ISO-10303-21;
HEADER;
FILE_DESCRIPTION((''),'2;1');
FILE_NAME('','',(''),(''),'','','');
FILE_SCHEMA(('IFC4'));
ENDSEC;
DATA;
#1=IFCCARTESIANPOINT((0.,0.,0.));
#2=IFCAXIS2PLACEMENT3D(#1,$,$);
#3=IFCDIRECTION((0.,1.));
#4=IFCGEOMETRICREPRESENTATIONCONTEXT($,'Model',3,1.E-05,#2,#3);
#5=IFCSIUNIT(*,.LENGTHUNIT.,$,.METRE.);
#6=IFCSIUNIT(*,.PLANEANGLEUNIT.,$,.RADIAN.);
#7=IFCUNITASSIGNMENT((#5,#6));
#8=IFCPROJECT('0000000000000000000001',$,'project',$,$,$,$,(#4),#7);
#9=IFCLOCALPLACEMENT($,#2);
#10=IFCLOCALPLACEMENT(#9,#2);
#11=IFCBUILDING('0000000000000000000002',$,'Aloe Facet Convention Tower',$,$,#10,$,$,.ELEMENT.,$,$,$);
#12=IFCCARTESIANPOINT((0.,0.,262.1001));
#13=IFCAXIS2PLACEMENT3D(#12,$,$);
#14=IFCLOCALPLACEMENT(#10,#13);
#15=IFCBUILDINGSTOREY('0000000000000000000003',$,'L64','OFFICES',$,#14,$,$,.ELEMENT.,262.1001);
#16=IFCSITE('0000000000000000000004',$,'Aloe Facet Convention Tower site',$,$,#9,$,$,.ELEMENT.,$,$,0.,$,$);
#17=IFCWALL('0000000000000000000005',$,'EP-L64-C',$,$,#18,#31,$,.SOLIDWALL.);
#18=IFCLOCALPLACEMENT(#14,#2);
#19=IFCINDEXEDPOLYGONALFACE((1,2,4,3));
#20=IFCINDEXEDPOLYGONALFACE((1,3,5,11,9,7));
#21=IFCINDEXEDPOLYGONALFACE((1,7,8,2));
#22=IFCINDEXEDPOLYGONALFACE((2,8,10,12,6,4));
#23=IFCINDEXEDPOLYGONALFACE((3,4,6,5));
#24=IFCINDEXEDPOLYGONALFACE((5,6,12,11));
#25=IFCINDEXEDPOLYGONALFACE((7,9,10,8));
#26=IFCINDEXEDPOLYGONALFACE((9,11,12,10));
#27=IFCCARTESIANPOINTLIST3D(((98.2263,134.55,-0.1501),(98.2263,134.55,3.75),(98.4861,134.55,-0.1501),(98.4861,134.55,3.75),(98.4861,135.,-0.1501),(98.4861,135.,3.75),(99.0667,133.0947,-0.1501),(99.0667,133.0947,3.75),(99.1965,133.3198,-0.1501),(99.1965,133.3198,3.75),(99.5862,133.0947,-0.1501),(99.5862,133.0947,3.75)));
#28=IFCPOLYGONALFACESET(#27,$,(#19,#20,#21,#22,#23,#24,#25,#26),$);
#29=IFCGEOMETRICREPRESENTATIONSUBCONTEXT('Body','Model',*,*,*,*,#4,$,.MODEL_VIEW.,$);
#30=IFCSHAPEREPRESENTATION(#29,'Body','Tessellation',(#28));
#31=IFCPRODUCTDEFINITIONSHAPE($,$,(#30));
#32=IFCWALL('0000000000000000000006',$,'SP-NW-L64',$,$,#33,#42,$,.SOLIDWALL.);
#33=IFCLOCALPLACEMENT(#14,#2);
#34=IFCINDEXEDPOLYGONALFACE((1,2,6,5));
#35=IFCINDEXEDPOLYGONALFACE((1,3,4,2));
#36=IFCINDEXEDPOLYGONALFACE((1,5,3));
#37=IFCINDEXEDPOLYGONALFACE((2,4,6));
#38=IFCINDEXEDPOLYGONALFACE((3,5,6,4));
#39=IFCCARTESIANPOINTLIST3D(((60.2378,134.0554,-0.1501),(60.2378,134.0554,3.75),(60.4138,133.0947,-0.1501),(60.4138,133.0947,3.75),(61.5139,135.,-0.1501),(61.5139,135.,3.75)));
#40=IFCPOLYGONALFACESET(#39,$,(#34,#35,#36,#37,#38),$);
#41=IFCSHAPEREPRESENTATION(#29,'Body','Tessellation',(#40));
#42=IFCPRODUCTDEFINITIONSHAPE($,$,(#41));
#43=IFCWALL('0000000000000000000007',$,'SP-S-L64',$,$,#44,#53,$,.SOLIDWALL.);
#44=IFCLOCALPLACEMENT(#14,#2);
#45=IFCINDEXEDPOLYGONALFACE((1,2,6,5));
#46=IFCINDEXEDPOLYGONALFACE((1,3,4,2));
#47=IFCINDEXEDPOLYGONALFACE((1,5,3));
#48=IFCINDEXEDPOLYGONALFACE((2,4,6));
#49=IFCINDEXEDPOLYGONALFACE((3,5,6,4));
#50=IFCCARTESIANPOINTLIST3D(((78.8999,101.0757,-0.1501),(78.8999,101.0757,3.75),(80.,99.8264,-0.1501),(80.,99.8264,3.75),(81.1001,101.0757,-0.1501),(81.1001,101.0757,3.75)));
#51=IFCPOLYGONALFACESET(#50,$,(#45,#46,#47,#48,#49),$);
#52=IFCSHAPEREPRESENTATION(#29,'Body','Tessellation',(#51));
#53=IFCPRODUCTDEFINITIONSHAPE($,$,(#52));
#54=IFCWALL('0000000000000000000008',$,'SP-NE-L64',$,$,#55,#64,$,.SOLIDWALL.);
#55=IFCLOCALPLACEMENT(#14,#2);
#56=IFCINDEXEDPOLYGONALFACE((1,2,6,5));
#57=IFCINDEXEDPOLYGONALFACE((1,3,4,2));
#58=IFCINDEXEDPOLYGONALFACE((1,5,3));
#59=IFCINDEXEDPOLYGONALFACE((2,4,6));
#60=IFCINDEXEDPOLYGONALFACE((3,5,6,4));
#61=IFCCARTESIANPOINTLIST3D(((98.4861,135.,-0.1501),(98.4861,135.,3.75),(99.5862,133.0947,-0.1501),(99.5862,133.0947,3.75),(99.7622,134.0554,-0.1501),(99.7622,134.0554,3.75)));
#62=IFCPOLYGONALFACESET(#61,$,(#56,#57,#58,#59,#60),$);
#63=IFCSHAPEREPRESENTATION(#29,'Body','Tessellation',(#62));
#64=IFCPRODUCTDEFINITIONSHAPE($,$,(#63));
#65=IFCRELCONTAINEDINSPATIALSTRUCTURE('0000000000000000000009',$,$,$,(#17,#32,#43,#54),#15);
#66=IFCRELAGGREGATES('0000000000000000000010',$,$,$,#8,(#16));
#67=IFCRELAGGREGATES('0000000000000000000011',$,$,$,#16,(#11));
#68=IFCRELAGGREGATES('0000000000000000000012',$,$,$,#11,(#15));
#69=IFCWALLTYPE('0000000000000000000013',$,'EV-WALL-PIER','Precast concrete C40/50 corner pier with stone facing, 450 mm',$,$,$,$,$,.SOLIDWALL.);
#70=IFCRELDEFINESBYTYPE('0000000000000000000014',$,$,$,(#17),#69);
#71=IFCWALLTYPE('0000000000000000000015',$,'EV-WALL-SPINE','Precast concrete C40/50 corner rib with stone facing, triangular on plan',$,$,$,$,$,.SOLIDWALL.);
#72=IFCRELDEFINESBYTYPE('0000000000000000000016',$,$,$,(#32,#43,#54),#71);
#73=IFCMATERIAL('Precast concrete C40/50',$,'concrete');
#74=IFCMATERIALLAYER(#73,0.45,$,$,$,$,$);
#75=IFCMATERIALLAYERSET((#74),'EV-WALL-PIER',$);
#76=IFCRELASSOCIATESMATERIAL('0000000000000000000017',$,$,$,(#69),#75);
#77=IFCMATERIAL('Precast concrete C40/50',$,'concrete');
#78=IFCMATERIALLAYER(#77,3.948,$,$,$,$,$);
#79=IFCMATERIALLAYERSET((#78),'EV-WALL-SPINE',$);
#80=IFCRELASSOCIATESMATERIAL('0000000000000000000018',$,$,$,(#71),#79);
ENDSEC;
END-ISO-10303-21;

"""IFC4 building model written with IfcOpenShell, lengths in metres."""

from ifc_helpers import new_model, si_unit, direction, frame, origin, place, context, subcontext, project, spatial, polyline, outline, extrude, material, layer, layer_set, type_object, element, save


model = new_model("IFC4")

# Units and contexts
model_context = context("Model", 3, precision=1e-05, world=origin(), true_north=direction((0.0, 1.0)))
body_context = subcontext(model_context, "Body", "Model", "MODEL_VIEW")
ifc_project = project(units=[si_unit("LENGTHUNIT", "METRE"), si_unit("PLANEANGLEUNIT", "RADIAN")], contexts=[model_context])

# Site, building, storey
site_placement = place(None, origin())
site = spatial("IfcSite", under=ifc_project, at=site_placement, Name="Aloe Facet Convention Tower site", CompositionType="ELEMENT", RefElevation=0.0)
building_placement = place(site_placement, origin())
building = spatial("IfcBuilding", under=site, at=building_placement, Name="Aloe Facet Convention Tower", CompositionType="ELEMENT")
storey_placement = place(building_placement, frame((0.0, 0.0, 262.1001)))
storey = spatial("IfcBuildingStorey", under=building, at=storey_placement, Name="L64", Description="OFFICES", CompositionType="ELEMENT", Elevation=262.1001)

# Walls
ifc_material_1 = material(Name="Precast concrete C40/50", Category="concrete")
ifc_layer_1 = layer(ifc_material_1, 0.45)
ifc_layer_set_1 = layer_set([ifc_layer_1], Name="EV-WALL-PIER")
wall_type_1 = type_object("IfcWallType", Name="EV-WALL-PIER", Description="Precast concrete C40/50 corner pier with stone facing, 450 mm", PredefinedType="SOLIDWALL", material=ifc_layer_set_1)
wall_1_placement = place(storey_placement, frame((0.0, 0.0, -0.1501)))
element("IfcWall", 1, at=wall_1_placement, inside=storey, type_object=wall_type_1, Name="EP-L64-C", PredefinedType="SOLIDWALL", context=body_context, shape_type="SweptSolid", body=[
    extrude(outline(polyline([(99.5862, 133.0947), (99.1965, 133.3198), (99.0667, 133.0947), (98.2263, 134.55), (98.4861, 134.55), (98.4861, 135.0), (99.5862, 133.0947)])), origin(), (0.0, 0.0, 1.0), 3.9001),
])
ifc_material_2 = material(Name="Precast concrete C40/50", Category="concrete")
ifc_layer_2 = layer(ifc_material_2, 3.948)
ifc_layer_set_2 = layer_set([ifc_layer_2], Name="EV-WALL-SPINE")
wall_type_2 = type_object("IfcWallType", Name="EV-WALL-SPINE", Description="Precast concrete C40/50 corner rib with stone facing, triangular on plan", PredefinedType="SOLIDWALL", material=ifc_layer_set_2)
wall_2_placement = place(storey_placement, frame((0.0, 0.0, -0.1501)))
element("IfcWall", 2, at=wall_2_placement, inside=storey, type_object=wall_type_2, Name="SP-NW-L64", PredefinedType="SOLIDWALL", context=body_context, shape_type="SweptSolid", body=[
    extrude(outline(polyline([(61.5139, 135.0), (60.2378, 134.0554), (60.4138, 133.0947), (61.5139, 135.0)])), origin(), (0.0, 0.0, 1.0), 3.9001),
])
wall_3_placement = place(storey_placement, frame((0.0, 0.0, -0.1501)))
element("IfcWall", 3, at=wall_3_placement, inside=storey, type_object=wall_type_2, Name="SP-S-L64", PredefinedType="SOLIDWALL", context=body_context, shape_type="SweptSolid", body=[
    extrude(outline(polyline([(78.8999, 101.0757), (80.0, 99.8264), (81.1001, 101.0757), (78.8999, 101.0757)])), origin(), (0.0, 0.0, 1.0), 3.9001),
])
wall_4_placement = place(storey_placement, frame((0.0, 0.0, -0.1501)))
element("IfcWall", 4, at=wall_4_placement, inside=storey, type_object=wall_type_2, Name="SP-NE-L64", PredefinedType="SOLIDWALL", context=body_context, shape_type="SweptSolid", body=[
    extrude(outline(polyline([(99.5862, 133.0947), (99.7622, 134.0554), (98.4861, 135.0), (99.5862, 133.0947)])), origin(), (0.0, 0.0, 1.0), 3.9001),
])

save(model, "model.ifc")
